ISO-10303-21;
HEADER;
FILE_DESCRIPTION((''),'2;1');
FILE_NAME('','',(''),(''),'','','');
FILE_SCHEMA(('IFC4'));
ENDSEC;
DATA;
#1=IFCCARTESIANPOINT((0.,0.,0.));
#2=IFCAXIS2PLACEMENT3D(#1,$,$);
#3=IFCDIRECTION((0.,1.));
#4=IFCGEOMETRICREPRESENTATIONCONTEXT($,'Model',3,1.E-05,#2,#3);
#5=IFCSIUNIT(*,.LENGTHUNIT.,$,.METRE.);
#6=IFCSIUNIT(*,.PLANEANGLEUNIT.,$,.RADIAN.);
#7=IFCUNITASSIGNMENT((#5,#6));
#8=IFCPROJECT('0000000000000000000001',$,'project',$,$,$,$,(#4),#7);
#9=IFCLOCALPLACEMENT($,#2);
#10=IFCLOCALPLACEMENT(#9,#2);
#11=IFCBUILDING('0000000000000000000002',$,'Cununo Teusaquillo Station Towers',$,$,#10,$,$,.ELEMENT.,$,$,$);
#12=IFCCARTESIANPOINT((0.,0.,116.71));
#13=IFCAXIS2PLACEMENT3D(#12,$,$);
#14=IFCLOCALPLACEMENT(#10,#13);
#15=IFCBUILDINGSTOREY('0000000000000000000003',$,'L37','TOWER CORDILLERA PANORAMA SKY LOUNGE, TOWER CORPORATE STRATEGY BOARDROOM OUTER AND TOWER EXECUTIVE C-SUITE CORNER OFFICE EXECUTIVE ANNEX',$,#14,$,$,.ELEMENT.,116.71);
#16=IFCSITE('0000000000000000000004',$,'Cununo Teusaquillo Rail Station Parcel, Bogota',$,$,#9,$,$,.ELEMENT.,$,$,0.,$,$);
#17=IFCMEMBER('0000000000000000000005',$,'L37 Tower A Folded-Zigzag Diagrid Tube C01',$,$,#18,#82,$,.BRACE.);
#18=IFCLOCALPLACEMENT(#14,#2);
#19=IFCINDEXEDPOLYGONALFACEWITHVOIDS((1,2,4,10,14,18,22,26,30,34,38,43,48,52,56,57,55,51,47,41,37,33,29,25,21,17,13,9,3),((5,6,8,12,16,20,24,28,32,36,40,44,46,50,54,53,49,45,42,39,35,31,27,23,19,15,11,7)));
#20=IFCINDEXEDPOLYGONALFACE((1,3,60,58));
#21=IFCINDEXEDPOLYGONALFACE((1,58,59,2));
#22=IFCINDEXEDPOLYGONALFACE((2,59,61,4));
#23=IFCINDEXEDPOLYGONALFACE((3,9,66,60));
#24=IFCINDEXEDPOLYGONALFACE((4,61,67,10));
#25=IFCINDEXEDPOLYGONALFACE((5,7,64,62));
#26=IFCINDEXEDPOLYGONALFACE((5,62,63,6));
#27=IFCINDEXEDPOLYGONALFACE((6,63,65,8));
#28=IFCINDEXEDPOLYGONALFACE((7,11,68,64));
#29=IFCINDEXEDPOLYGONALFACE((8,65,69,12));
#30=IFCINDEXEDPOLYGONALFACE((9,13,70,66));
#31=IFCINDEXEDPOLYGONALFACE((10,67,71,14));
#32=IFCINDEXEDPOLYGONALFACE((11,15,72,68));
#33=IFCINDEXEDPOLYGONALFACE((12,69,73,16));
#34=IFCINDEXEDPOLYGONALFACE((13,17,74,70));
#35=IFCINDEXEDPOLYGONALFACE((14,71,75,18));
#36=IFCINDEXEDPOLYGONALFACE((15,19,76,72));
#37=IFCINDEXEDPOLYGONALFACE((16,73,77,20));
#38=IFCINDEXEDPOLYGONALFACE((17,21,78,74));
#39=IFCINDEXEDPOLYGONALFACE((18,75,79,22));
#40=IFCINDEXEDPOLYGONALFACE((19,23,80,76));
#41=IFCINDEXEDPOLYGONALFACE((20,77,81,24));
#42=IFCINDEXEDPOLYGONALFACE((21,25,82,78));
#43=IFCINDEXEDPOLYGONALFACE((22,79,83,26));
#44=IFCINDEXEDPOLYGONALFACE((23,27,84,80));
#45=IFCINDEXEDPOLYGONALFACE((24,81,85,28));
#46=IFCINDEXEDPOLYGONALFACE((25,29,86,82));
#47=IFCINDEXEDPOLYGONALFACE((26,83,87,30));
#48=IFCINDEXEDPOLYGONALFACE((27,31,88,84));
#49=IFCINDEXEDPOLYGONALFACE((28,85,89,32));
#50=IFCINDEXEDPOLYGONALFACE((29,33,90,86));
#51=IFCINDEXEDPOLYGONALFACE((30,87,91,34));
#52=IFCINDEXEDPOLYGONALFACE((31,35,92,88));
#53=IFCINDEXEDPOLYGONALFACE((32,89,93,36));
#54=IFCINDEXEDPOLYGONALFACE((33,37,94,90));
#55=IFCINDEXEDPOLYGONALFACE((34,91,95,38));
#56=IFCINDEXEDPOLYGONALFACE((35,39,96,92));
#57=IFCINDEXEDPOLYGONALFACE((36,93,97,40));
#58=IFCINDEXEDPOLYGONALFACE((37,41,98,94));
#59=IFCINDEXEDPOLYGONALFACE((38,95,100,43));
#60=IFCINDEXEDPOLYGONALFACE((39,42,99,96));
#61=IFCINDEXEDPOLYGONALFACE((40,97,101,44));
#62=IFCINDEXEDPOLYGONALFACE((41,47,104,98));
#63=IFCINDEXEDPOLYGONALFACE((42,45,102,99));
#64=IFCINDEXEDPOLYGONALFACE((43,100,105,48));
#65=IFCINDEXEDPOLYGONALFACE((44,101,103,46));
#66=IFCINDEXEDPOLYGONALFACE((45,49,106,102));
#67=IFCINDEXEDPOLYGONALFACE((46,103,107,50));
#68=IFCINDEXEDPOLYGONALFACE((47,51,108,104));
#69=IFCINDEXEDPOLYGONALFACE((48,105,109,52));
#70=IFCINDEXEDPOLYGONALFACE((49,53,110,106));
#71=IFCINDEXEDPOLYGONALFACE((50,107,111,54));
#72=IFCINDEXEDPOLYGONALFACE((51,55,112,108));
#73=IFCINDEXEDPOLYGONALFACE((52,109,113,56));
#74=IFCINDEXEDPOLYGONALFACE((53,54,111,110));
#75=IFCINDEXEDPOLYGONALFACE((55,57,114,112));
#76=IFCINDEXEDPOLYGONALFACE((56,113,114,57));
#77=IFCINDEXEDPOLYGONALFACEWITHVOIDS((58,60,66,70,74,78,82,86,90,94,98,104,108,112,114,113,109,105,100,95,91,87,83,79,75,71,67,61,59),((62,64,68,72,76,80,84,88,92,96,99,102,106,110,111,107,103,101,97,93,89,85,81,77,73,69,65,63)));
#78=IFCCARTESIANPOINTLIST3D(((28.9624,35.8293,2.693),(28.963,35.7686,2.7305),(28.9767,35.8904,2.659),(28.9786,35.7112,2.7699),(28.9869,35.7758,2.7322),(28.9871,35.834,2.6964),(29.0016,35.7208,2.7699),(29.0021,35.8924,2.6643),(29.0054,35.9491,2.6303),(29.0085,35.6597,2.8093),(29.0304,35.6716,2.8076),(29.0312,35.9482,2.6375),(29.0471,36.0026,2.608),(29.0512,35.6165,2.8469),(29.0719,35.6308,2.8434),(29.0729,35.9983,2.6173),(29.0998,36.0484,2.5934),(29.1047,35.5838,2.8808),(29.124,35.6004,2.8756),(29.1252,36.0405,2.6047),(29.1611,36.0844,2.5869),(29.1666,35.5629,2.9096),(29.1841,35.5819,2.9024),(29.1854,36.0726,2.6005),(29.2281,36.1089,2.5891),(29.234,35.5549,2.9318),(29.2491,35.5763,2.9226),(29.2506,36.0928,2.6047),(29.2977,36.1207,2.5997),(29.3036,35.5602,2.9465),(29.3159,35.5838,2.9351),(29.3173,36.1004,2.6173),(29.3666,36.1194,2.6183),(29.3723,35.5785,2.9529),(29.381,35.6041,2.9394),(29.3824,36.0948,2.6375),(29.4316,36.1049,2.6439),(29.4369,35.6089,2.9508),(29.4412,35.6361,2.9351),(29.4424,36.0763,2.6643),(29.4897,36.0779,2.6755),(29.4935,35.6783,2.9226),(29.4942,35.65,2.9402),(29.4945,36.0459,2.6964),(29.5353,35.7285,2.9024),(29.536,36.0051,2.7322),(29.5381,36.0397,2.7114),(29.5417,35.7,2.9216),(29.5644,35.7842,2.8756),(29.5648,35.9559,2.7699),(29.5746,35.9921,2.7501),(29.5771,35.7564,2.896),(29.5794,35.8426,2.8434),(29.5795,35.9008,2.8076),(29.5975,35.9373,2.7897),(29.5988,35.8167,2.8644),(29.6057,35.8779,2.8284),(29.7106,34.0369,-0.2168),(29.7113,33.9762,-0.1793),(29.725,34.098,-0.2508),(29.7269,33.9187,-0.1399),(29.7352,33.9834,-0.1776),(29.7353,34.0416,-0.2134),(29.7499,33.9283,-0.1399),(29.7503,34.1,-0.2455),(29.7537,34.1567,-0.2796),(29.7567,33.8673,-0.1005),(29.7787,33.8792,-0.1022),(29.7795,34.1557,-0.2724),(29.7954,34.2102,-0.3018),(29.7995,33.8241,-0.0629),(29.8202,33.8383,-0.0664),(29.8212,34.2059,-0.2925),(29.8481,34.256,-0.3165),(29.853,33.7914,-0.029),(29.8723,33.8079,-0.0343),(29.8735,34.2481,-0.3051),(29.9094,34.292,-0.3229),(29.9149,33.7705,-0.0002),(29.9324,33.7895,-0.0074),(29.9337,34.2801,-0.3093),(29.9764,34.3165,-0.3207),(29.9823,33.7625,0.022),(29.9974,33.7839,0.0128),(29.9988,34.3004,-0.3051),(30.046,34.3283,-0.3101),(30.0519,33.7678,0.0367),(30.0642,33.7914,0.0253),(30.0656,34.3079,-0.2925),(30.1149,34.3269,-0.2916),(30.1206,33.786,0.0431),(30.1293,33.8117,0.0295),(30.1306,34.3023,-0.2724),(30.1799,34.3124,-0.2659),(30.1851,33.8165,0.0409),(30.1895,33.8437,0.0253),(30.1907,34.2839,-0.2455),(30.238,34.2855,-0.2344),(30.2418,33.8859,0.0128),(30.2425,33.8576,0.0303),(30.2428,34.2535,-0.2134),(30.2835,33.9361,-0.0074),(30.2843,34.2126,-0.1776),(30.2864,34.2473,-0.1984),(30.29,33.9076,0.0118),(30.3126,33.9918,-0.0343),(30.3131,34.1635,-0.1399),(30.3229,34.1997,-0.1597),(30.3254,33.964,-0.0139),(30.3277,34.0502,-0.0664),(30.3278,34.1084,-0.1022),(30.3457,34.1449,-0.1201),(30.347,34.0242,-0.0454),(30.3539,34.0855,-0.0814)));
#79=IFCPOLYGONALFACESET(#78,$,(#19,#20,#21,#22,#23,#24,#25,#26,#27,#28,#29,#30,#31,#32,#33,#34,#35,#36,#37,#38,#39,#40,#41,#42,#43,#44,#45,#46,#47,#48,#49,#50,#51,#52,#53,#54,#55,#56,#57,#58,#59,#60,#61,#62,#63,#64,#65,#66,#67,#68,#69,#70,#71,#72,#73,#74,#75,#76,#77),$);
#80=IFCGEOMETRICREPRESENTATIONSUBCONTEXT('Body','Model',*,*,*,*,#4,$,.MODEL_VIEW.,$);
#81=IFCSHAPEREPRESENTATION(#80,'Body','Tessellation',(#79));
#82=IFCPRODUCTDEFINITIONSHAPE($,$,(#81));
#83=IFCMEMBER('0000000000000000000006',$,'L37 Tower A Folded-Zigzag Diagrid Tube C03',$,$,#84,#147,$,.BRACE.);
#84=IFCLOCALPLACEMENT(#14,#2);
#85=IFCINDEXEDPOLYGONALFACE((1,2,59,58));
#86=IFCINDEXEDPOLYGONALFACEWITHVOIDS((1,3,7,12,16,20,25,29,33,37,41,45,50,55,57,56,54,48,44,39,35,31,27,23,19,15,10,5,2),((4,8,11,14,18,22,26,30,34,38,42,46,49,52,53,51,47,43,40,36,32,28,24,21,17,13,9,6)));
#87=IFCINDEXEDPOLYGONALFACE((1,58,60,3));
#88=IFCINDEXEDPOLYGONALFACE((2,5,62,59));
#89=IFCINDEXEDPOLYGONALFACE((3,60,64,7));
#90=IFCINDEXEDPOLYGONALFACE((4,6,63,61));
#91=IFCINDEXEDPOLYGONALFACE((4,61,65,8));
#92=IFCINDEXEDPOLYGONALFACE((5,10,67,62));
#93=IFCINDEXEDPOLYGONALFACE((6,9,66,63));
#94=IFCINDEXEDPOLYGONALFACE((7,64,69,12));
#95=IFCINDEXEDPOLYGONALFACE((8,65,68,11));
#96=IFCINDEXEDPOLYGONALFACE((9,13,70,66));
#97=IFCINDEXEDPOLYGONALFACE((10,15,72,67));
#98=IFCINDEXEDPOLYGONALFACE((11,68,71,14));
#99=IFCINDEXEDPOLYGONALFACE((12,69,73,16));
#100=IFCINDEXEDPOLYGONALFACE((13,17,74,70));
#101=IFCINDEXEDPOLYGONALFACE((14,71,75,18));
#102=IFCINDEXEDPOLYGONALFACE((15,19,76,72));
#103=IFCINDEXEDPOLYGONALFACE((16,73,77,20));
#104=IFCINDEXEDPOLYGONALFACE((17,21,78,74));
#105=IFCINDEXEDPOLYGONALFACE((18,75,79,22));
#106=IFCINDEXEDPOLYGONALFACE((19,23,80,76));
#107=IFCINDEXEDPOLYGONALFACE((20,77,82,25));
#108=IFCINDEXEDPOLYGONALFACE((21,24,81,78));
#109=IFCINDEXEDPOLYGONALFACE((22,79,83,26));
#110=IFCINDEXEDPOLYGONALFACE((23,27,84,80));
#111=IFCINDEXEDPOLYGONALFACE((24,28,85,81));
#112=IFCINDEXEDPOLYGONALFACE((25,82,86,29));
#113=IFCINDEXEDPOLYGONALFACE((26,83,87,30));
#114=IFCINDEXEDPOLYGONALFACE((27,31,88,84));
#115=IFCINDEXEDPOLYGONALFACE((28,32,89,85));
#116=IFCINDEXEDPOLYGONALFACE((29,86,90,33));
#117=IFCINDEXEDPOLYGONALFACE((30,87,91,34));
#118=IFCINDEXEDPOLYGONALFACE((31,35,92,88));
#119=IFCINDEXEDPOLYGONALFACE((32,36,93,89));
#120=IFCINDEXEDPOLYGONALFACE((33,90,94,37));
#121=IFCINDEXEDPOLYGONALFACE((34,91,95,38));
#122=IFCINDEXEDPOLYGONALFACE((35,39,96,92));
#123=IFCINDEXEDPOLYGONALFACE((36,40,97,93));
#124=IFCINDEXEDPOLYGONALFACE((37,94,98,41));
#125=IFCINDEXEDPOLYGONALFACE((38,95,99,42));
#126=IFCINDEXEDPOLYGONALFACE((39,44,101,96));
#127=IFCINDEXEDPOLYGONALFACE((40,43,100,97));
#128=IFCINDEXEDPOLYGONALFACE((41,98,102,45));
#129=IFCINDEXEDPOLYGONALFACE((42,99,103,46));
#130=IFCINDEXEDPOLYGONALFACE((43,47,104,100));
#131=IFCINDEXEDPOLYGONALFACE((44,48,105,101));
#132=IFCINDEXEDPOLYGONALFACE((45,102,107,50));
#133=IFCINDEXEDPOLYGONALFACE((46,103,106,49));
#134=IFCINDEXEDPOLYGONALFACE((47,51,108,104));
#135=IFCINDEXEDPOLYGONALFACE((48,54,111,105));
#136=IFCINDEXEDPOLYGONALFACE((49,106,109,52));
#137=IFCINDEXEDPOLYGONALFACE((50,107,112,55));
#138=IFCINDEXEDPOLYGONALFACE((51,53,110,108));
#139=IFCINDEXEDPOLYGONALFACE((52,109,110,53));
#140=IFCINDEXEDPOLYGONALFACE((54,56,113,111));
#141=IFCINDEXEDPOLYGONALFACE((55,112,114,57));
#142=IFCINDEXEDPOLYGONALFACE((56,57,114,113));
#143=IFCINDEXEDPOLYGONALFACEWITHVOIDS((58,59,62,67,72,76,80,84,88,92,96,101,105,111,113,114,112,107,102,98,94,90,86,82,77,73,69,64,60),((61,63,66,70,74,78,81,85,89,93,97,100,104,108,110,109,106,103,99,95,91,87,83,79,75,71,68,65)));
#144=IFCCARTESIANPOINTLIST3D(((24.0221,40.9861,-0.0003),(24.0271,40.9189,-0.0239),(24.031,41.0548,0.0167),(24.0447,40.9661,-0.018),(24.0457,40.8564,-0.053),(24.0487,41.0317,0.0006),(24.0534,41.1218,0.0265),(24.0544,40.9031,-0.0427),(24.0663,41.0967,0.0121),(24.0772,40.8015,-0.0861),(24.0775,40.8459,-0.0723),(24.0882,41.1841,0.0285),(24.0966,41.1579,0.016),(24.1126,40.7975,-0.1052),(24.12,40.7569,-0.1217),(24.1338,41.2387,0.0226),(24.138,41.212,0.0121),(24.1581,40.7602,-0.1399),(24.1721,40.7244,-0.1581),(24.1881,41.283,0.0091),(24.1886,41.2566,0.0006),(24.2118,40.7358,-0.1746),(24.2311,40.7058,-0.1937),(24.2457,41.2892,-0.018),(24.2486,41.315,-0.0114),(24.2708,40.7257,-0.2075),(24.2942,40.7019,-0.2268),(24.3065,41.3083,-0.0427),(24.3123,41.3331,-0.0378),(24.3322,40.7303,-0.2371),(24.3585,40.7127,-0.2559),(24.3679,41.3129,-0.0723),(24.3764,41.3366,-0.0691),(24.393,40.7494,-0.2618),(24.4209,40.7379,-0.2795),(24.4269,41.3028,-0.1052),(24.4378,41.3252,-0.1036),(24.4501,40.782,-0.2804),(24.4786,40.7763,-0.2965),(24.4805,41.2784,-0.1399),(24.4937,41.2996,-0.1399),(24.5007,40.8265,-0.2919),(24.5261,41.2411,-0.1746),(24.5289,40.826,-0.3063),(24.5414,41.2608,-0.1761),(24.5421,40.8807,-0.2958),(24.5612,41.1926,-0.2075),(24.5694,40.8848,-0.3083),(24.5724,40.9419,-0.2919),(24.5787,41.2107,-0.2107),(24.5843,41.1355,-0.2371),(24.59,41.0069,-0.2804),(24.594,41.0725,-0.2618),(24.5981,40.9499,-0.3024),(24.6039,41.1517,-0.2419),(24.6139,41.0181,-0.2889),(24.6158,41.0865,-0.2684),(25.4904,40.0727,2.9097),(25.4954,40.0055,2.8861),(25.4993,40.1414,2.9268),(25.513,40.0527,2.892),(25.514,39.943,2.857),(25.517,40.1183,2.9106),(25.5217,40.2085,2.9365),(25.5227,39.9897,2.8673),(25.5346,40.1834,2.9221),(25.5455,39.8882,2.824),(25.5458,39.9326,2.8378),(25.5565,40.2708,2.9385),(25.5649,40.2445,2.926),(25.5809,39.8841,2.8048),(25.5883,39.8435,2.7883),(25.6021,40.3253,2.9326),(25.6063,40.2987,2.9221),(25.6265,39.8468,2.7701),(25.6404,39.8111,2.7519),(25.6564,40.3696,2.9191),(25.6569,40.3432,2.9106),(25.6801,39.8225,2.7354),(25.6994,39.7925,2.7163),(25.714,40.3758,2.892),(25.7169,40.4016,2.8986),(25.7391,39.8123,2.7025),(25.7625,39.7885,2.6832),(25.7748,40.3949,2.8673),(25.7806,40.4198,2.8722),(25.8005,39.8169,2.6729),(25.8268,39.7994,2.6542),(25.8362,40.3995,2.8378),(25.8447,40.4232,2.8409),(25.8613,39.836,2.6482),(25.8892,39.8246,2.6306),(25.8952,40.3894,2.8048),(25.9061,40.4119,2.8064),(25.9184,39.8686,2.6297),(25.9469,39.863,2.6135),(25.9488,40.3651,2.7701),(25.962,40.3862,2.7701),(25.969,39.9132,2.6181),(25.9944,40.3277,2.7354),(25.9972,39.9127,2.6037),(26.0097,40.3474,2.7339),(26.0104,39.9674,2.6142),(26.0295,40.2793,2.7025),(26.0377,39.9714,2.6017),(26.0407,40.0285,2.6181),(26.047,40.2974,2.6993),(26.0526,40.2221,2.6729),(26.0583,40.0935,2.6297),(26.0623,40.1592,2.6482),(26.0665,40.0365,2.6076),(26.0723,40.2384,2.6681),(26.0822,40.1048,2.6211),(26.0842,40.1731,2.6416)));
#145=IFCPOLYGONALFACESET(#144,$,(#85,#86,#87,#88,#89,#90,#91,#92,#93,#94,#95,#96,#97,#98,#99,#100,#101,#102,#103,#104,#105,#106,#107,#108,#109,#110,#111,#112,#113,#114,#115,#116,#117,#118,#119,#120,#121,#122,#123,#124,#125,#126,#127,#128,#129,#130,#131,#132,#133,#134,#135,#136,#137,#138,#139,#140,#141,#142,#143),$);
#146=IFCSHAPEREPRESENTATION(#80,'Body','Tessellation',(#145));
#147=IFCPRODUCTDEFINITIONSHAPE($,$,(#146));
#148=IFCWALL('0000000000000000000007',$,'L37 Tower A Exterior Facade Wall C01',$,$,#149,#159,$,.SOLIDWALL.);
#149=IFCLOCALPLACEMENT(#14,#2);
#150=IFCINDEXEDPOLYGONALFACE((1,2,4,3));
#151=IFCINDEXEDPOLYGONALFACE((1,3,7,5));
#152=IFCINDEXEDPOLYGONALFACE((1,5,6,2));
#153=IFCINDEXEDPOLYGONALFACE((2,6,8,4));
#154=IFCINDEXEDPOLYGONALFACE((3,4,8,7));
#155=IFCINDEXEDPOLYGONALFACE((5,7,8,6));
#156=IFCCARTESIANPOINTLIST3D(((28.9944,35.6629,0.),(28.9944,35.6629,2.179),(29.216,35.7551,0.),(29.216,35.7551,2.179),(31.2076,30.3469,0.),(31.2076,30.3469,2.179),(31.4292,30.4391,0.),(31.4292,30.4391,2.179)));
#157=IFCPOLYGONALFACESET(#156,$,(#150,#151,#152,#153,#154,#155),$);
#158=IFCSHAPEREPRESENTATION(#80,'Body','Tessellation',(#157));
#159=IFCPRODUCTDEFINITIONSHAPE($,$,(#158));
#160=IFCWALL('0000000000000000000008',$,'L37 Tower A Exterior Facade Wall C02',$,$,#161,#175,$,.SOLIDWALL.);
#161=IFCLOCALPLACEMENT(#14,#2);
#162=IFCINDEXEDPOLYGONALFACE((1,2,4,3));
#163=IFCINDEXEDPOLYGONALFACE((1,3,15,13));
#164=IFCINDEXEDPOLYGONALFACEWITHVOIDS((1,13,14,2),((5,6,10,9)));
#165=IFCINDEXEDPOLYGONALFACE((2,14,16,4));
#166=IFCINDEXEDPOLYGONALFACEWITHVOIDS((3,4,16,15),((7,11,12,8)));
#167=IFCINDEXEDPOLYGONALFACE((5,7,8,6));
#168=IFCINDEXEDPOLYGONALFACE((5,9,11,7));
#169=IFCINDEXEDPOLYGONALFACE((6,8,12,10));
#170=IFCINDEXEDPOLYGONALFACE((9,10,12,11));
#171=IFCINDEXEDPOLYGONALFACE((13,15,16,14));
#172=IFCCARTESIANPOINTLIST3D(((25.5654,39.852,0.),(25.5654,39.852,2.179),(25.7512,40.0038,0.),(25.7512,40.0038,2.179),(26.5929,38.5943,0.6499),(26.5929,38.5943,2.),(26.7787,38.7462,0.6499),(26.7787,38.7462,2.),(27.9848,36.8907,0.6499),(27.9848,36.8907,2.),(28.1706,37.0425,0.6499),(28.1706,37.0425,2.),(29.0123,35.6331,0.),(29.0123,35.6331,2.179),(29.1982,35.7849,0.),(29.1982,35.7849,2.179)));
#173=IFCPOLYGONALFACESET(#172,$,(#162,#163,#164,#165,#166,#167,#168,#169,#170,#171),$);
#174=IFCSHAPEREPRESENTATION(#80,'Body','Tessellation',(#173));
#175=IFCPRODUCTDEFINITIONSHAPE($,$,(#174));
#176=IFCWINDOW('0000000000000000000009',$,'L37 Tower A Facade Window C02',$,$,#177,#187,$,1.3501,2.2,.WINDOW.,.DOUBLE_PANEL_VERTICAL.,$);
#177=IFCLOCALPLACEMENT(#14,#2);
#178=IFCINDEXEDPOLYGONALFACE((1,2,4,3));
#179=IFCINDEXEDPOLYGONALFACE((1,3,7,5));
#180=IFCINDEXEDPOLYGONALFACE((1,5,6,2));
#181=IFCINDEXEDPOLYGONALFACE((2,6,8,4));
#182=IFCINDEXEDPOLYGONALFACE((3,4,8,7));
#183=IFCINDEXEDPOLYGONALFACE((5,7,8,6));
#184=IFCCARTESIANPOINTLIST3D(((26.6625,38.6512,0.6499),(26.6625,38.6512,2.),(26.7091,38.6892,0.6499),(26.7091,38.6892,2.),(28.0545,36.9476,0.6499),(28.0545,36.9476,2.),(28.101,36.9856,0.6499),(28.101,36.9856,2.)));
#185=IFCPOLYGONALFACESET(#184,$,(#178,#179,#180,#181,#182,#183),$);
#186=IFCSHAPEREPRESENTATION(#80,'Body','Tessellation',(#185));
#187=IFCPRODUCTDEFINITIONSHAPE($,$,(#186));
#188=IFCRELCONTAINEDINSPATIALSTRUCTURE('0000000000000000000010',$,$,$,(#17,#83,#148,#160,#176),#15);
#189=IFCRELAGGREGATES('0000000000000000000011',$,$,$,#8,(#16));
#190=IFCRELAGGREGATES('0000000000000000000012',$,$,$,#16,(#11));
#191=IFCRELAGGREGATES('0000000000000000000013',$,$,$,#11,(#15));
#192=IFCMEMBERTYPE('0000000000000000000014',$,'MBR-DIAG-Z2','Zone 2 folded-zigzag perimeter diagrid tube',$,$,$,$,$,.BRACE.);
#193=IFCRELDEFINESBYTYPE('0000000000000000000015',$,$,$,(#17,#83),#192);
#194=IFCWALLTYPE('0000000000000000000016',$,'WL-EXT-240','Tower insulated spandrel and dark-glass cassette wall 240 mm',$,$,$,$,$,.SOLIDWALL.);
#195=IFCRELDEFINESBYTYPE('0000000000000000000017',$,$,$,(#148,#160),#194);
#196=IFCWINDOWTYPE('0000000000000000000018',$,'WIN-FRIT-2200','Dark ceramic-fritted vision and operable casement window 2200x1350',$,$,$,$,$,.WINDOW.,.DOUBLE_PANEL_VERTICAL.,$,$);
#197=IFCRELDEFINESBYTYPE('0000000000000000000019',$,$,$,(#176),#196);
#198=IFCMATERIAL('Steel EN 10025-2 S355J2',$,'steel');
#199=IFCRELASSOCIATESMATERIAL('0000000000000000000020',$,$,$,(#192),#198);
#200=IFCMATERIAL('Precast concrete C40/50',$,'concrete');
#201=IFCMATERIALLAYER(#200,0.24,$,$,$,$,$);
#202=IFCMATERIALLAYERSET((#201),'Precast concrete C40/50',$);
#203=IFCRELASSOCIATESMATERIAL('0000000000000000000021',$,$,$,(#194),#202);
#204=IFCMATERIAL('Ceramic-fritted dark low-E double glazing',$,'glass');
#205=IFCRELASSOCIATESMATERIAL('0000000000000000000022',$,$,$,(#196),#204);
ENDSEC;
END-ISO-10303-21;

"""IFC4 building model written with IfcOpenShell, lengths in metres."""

from ifc_helpers import new_model, si_unit, direction, frame, frame_2d, origin, origin_2d, place, context, subcontext, project, spatial, rectangle, hollow_circle, extrude, source, transform, mapped, material, layer, layer_set, material_profile, profile_set, type_object, element, fill, save


model = new_model("IFC4")

# Units and contexts
model_context = context("Model", 3, precision=1e-05, world=origin(), true_north=direction((0.0, 1.0)))
body_context = subcontext(model_context, "Body", "Model", "MODEL_VIEW")
ifc_project = project(units=[si_unit("LENGTHUNIT", "METRE"), si_unit("PLANEANGLEUNIT", "RADIAN")], contexts=[model_context])

# Site, building, storey
site_placement = place(None, origin())
site = spatial("IfcSite", under=ifc_project, at=site_placement, Name="Cununo Teusaquillo Rail Station Parcel, Bogota", CompositionType="ELEMENT", RefElevation=0.0)
building_placement = place(site_placement, origin())
building = spatial("IfcBuilding", under=site, at=building_placement, Name="Cununo Teusaquillo Station Towers", CompositionType="ELEMENT")
storey_placement = place(building_placement, frame((0.0, 0.0, 116.71)))
storey = spatial("IfcBuildingStorey", under=building, at=storey_placement, Name="L37", Description="TOWER CORDILLERA PANORAMA SKY LOUNGE, TOWER CORPORATE STRATEGY BOARDROOM OUTER AND TOWER EXECUTIVE C-SUITE CORNER OFFICE EXECUTIVE ANNEX", CompositionType="ELEMENT", Elevation=116.71)

# Members
ifc_material_1 = material(Name="Steel EN 10025-2 S355J2", Category="steel")
ifc_material_profile_1 = material_profile(ifc_material_1, hollow_circle(Radius=0.3301, WallThickness=0.0249, at=origin_2d()), Name="CHS 660x25")
ifc_profile_set_1 = profile_set([ifc_material_profile_1], Name="Steel EN 10025-2 S355J2")
member_type = type_object("IfcMemberType", Name="MBR-DIAG-Z2", Description="Zone 2 folded-zigzag perimeter diagrid tube", PredefinedType="BRACE", material=ifc_profile_set_1)
member_1_placement = place(storey_placement, frame((30.0315, 34.0459, -0.1399), z_axis=(-0.21388, 0.512336, 0.831726), x_axis=(-0.922816, -0.38524, 0.0)))
element("IfcMember", 1, at=member_1_placement, inside=storey, type_object=member_type, Name="L37 Tower A Folded-Zigzag Diagrid Tube C01", PredefinedType="BRACE", context=body_context, shape_type="SweptSolid", body=[
    extrude(hollow_circle(Radius=0.3301, WallThickness=0.0249, at=origin_2d()), origin(), (0.0, 0.0, 1.0), 3.4985),
])
member_2_placement = place(storey_placement, frame((24.3193, 41.0193, -0.1399), z_axis=(0.433768, -0.269825, 0.859674), x_axis=(0.528196, 0.849123, 0.0)))
element("IfcMember", 2, at=member_2_placement, inside=storey, type_object=member_type, Name="L37 Tower A Folded-Zigzag Diagrid Tube C03", PredefinedType="BRACE", context=body_context, shape_type="SweptSolid", body=[
    extrude(hollow_circle(Radius=0.3301, WallThickness=0.0249, at=origin_2d()), origin(), (0.0, 0.0, 1.0), 3.385),
])

# Wall
ifc_material_2 = material(Name="Precast concrete C40/50", Category="concrete")
ifc_layer_1 = layer(ifc_material_2, 0.24)
ifc_layer_set_1 = layer_set([ifc_layer_1], Name="Precast concrete C40/50")
wall_type_1 = type_object("IfcWallType", Name="WL-EXT-240", Description="Tower insulated spandrel and dark-glass cassette wall 240 mm", PredefinedType="SOLIDWALL", material=ifc_layer_set_1)
wall_1_placement = place(storey_placement, frame((29.1052, 35.709, 0.0), z_axis=(0.0, 0.0, 1.0), x_axis=(0.384344, -0.92319, 0.0)))
element("IfcWall", 3, at=wall_1_placement, inside=storey, type_object=wall_type_1, Name="L37 Tower A Exterior Facade Wall C01", PredefinedType="SOLIDWALL", context=body_context, shape_type="SweptSolid", body=[
    extrude(rectangle(XDim=5.7583, YDim=0.24, at=frame_2d((2.8792, 0.0))), origin(), (0.0, 0.0, 1.0), 2.179),
])

# Wall, opening, window
wall_2_placement = place(storey_placement, frame((25.6582, 39.928, 0.0), z_axis=(0.0, 0.0, 1.0), x_axis=(0.632701, -0.774396, 0.0)))
wall_2 = element("IfcWall", 4, at=wall_2_placement, inside=storey, type_object=wall_type_1, Name="L37 Tower A Exterior Facade Wall C02", PredefinedType="SOLIDWALL", context=body_context, shape_type="SweptSolid", body=[
    extrude(rectangle(XDim=5.448, YDim=0.24, at=frame_2d((2.7241, 0.0))), origin(), (0.0, 0.0, 1.0), 2.179),
])
shared_shape_1 = source(origin(), body_context, "Body", "SweptSolid", [
    extrude(rectangle(XDim=2.2, YDim=1.3501, at=frame_2d((1.1001, 0.675))), frame((0.0, 0.1299, 0.0), z_axis=(0.0, -1.0, 0.0), x_axis=(1.0, 0.0, 0.0)), (0.0, 0.0, 1.0), 0.26),
])
opening_1_placement = place(wall_2_placement, frame((1.624, 0.0, 0.6499)))
opening_1 = element("IfcOpeningElement", 5, at=opening_1_placement, cuts=wall_2, PredefinedType="OPENING", context=body_context, shape_type="MappedRepresentation", body=[
    mapped(shared_shape_1, transform((0.0, 0.0, 0.0), x_axis=(1.0, 0.0, 0.0), y_axis=(0.0, 1.0, 0.0), z_axis=(0.0, 0.0, 1.0), scale=1.0)),
])
ifc_material_3 = material(Name="Ceramic-fritted dark low-E double glazing", Category="glass")
window_type = type_object("IfcWindowType", Name="WIN-FRIT-2200", Description="Dark ceramic-fritted vision and operable casement window 2200x1350", PartitioningType="DOUBLE_PANEL_VERTICAL", PredefinedType="WINDOW", material=ifc_material_3)
shared_shape_2 = source(origin(), body_context, "Body", "SweptSolid", [
    extrude(rectangle(XDim=2.2, YDim=1.3501, at=frame_2d((1.1001, 0.675))), frame((0.0, 0.03, 0.0), z_axis=(0.0, -1.0, 0.0), x_axis=(1.0, 0.0, 0.0)), (0.0, 0.0, 1.0), 0.0601),
])
window_placement = place(opening_1_placement, origin())
window = element("IfcWindow", 6, at=window_placement, inside=storey, type_object=window_type, Name="L37 Tower A Facade Window C02", OverallHeight=1.3501, OverallWidth=2.2, PartitioningType="DOUBLE_PANEL_VERTICAL", PredefinedType="WINDOW", context=body_context, shape_type="MappedRepresentation", body=[
    mapped(shared_shape_2, transform((0.0, 0.0, 0.0), x_axis=(1.0, 0.0, 0.0), y_axis=(0.0, 1.0, 0.0), z_axis=(0.0, 0.0, 1.0), scale=1.0)),
])
fill(opening_1, window)

save(model, "model.ifc")
